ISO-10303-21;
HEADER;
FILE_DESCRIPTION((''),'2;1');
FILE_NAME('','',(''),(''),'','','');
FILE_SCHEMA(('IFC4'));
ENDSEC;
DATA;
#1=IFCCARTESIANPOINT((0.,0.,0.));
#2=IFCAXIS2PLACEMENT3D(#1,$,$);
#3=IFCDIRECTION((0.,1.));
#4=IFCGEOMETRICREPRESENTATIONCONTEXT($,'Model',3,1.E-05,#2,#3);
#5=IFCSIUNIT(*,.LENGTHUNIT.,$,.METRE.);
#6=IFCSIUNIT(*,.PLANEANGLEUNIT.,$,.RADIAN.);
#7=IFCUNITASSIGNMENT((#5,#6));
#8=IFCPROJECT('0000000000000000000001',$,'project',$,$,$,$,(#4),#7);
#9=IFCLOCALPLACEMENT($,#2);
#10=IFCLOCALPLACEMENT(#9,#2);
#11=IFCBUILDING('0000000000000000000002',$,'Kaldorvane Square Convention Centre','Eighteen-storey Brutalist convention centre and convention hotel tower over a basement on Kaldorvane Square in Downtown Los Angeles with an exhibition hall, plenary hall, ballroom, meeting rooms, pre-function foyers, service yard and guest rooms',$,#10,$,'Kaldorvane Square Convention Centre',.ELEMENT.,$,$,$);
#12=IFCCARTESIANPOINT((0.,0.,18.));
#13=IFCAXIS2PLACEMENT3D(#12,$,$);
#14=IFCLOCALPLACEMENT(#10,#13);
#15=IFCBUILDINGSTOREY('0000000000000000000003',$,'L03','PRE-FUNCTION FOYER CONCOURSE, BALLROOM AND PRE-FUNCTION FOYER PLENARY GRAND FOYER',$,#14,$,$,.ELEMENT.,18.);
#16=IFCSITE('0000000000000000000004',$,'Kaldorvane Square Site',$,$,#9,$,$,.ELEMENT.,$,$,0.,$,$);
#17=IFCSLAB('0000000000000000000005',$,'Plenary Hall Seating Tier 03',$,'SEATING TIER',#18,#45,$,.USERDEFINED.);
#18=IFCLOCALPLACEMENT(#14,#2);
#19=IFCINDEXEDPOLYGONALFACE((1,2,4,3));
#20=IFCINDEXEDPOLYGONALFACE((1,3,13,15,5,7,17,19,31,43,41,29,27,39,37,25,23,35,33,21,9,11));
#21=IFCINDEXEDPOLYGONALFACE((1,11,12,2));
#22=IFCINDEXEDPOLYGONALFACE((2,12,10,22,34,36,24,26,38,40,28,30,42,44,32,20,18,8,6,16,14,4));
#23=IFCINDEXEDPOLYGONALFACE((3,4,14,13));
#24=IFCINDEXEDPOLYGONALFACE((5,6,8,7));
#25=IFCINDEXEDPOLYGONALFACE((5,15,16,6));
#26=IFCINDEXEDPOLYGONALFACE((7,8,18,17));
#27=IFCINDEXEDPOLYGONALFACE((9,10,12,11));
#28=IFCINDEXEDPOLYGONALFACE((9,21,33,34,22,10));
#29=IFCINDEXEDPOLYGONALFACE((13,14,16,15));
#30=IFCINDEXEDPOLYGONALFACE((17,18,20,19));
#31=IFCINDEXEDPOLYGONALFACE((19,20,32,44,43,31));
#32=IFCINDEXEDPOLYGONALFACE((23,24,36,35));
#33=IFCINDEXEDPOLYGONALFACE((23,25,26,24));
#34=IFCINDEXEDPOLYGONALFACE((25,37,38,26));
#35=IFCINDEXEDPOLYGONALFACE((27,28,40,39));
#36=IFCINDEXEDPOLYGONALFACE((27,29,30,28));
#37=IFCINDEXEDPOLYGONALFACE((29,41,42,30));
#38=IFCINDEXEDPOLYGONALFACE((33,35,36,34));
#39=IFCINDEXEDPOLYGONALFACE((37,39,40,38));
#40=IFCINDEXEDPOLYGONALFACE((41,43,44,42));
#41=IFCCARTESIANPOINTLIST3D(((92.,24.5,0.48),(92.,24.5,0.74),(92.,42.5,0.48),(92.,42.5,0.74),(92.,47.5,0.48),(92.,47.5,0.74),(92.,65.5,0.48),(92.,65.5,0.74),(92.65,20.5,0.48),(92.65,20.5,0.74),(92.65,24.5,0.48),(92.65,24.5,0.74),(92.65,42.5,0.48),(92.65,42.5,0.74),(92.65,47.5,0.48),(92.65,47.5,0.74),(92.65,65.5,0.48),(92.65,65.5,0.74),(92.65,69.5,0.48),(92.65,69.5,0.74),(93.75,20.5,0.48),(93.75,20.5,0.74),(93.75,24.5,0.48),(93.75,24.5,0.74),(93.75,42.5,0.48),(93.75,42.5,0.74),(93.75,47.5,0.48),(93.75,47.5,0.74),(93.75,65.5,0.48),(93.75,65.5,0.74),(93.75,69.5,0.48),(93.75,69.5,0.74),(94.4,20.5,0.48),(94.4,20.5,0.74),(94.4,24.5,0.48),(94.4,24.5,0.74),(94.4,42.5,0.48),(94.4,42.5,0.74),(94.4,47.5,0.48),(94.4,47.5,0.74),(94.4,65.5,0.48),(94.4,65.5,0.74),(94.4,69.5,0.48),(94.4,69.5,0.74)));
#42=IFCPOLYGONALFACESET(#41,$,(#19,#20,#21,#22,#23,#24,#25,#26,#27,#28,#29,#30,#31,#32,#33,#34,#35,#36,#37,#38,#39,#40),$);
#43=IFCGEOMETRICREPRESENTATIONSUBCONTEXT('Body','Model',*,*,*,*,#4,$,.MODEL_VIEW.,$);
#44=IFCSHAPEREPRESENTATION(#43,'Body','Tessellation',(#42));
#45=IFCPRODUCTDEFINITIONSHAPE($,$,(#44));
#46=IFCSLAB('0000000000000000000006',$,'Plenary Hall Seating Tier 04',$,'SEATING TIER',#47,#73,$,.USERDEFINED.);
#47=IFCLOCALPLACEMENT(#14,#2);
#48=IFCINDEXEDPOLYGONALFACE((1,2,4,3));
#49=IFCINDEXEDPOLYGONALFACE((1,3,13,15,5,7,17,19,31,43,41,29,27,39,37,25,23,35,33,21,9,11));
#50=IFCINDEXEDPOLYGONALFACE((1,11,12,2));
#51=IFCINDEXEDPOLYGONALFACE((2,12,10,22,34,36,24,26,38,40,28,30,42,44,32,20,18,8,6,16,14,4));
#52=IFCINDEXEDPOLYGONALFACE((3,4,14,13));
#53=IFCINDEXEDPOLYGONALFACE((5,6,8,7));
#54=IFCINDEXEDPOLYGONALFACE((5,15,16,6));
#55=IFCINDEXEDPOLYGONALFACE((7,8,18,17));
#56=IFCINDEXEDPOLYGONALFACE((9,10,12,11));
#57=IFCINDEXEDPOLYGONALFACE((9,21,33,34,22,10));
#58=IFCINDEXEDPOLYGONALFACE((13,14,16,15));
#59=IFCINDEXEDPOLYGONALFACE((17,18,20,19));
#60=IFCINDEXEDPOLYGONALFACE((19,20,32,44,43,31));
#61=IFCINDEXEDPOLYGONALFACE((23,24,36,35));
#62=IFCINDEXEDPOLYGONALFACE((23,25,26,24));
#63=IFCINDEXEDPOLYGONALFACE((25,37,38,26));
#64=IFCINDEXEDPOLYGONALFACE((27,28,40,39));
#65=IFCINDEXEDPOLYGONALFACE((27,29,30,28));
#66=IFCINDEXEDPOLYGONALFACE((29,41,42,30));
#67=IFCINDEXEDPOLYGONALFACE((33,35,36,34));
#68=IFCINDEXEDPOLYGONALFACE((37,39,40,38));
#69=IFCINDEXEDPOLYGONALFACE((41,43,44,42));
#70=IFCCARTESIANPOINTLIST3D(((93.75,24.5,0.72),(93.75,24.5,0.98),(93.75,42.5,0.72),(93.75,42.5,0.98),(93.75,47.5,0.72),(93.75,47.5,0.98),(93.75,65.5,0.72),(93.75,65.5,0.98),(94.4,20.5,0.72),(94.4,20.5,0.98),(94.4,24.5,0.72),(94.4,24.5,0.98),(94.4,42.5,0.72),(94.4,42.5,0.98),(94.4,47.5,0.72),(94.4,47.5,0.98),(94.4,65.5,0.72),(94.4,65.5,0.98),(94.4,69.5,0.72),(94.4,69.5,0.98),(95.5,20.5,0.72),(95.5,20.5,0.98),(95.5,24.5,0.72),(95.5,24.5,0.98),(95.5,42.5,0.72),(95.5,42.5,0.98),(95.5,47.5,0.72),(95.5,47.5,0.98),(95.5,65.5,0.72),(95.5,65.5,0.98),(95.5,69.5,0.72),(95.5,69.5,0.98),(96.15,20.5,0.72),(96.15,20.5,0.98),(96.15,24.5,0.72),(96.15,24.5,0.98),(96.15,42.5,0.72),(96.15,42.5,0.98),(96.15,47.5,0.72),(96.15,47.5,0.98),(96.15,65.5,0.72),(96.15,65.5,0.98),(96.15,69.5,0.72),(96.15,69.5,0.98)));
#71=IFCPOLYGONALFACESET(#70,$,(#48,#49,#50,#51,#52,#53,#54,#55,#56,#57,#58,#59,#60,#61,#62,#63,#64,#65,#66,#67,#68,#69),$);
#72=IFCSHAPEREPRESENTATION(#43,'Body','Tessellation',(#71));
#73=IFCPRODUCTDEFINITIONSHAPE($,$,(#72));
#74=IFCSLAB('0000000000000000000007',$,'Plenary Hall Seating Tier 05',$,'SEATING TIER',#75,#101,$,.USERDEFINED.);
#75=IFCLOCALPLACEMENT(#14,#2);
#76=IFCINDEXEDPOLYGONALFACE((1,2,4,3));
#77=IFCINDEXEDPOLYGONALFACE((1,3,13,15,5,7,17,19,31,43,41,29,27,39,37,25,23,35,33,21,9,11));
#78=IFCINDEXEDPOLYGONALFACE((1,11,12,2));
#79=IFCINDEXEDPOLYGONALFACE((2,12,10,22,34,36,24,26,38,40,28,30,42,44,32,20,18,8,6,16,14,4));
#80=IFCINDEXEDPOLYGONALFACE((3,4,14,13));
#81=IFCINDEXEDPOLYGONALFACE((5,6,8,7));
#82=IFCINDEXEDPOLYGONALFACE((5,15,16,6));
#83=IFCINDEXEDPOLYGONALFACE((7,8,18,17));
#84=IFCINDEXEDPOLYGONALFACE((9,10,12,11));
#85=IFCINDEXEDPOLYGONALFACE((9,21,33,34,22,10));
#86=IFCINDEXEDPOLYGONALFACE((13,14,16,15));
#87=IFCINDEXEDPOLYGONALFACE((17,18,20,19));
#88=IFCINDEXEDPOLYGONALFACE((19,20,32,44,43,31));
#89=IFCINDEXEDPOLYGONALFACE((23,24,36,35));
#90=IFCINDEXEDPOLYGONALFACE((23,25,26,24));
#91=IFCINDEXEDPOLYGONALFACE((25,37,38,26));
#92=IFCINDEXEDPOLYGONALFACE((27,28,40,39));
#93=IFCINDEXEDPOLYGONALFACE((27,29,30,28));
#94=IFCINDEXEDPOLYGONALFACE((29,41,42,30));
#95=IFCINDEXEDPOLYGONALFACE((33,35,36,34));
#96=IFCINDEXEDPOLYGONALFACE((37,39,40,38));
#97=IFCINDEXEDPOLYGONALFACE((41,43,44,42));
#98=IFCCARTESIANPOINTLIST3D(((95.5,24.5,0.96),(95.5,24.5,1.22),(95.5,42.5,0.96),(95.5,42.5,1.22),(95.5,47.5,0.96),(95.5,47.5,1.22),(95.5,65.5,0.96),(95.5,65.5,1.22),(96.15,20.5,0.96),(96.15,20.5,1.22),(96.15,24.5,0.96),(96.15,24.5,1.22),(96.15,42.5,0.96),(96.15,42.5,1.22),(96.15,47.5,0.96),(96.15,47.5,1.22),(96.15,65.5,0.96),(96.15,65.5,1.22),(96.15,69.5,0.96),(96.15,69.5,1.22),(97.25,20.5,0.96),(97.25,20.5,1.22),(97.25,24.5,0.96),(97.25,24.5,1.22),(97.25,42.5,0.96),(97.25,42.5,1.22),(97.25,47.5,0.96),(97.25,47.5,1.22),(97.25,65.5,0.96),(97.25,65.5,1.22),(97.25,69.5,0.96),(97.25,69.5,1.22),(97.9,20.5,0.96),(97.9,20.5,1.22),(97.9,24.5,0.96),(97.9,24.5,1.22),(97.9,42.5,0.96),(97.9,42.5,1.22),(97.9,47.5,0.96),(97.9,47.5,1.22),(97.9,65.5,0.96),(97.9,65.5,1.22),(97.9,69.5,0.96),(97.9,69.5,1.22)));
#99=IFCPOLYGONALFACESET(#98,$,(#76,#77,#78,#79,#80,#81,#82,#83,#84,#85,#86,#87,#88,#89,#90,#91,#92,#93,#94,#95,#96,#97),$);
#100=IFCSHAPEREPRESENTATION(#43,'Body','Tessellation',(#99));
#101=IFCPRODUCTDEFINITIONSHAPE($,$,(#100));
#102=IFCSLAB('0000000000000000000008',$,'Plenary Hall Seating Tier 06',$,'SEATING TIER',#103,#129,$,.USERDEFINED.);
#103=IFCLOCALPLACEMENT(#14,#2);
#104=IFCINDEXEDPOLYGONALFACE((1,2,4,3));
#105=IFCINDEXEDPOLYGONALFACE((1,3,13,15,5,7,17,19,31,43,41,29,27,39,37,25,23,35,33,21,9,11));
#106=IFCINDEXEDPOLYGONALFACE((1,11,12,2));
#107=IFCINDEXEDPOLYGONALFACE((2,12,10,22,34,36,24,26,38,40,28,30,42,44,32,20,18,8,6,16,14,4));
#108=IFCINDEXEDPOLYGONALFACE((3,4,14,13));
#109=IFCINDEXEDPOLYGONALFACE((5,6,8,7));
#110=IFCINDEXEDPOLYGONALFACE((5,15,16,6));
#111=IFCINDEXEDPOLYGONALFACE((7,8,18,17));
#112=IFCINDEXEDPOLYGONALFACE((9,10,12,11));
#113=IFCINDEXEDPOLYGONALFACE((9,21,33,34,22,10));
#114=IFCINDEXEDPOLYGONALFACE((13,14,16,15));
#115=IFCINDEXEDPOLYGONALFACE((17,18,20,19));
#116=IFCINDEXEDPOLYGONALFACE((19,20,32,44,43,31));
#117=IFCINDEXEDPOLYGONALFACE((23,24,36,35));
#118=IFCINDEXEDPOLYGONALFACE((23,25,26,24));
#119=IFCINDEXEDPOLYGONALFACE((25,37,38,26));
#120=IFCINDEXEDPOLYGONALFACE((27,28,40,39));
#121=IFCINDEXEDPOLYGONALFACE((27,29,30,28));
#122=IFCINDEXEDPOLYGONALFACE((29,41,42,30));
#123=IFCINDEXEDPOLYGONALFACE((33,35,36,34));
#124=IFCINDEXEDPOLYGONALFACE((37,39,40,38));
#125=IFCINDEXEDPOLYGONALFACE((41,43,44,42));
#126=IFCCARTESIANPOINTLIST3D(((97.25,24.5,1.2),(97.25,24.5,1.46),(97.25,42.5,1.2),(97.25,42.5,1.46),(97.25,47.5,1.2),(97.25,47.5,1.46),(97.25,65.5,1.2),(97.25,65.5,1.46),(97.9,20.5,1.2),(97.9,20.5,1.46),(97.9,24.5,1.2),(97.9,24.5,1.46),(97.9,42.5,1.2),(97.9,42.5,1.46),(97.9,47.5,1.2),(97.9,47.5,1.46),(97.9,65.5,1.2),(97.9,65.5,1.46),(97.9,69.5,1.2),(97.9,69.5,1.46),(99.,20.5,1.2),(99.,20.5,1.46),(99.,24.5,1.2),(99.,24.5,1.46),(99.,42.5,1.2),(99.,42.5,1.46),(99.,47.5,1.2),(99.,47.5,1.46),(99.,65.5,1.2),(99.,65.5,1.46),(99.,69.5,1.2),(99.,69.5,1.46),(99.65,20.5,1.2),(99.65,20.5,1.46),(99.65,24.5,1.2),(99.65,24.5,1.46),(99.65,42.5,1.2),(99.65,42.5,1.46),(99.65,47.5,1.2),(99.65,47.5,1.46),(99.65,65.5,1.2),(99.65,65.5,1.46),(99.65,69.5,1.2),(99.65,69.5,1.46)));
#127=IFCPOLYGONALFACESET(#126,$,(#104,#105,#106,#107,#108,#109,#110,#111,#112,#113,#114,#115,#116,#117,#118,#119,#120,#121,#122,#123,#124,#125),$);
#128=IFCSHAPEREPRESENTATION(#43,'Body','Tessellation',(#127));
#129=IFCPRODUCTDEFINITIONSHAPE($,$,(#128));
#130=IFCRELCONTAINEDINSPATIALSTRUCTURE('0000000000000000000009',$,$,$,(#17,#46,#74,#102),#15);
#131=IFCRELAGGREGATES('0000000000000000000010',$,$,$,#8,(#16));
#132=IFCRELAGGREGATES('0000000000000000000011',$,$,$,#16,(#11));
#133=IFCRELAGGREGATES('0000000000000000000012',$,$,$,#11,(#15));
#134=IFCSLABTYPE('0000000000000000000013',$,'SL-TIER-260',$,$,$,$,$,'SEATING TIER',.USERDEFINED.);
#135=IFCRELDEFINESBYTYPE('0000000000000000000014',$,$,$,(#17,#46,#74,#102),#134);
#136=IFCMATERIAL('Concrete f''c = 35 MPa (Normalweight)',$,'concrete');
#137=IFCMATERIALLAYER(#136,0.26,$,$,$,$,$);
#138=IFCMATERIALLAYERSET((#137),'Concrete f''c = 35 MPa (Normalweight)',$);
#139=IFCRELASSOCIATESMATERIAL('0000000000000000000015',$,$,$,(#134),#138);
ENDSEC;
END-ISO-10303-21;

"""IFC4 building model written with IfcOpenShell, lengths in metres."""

from ifc_helpers import new_model, si_unit, direction, frame, origin, place, context, subcontext, project, spatial, polyline, outline, extrude, material, layer, layer_set, type_object, element, save


model = new_model("IFC4")

# Units and contexts
model_context = context("Model", 3, precision=1e-05, world=origin(), true_north=direction((0.0, 1.0)))
body_context = subcontext(model_context, "Body", "Model", "MODEL_VIEW")
ifc_project = project(units=[si_unit("LENGTHUNIT", "METRE"), si_unit("PLANEANGLEUNIT", "RADIAN")], contexts=[model_context])

# Site, building, storey
site_placement = place(None, origin())
site = spatial("IfcSite", under=ifc_project, at=site_placement, Name="Kaldorvane Square Site", CompositionType="ELEMENT", RefElevation=0.0)
building_placement = place(site_placement, origin())
building = spatial("IfcBuilding", under=site, at=building_placement, Name="Kaldorvane Square Convention Centre", Description="Eighteen-storey Brutalist convention centre and convention hotel tower over a basement on Kaldorvane Square in Downtown Los Angeles with an exhibition hall, plenary hall, ballroom, meeting rooms, pre-function foyers, service yard and guest rooms", LongName="Kaldorvane Square Convention Centre", CompositionType="ELEMENT")
storey_placement = place(building_placement, frame((0.0, 0.0, 18.0)))
storey = spatial("IfcBuildingStorey", under=building, at=storey_placement, Name="L03", Description="PRE-FUNCTION FOYER CONCOURSE, BALLROOM AND PRE-FUNCTION FOYER PLENARY GRAND FOYER", CompositionType="ELEMENT", Elevation=18.0)

# Slabs
ifc_material_1 = material(Name="Concrete f'c = 35 MPa (Normalweight)", Category="concrete")
ifc_layer_1 = layer(ifc_material_1, 0.26)
ifc_layer_set_1 = layer_set([ifc_layer_1], Name="Concrete f'c = 35 MPa (Normalweight)")
slab_type_1 = type_object("IfcSlabType", Name="SL-TIER-260", ElementType="SEATING TIER", PredefinedType="USERDEFINED", material=ifc_layer_set_1)
slab_1_placement = place(storey_placement, frame((0.0, 0.0, 0.48)))
element("IfcSlab", 1, at=slab_1_placement, inside=storey, type_object=slab_type_1, Name="Plenary Hall Seating Tier 03", ObjectType="SEATING TIER", PredefinedType="USERDEFINED", context=body_context, shape_type="SweptSolid", body=[
    extrude(outline(polyline([(94.4, 24.5), (94.4, 20.5), (93.75, 20.5), (92.65, 20.5), (92.65, 24.5), (92.0, 24.5), (92.0, 42.5), (92.65, 42.5), (92.65, 47.5), (92.0, 47.5), (92.0, 65.5), (92.65, 65.5), (92.65, 69.5), (93.75, 69.5), (94.4, 69.5), (94.4, 65.5), (93.75, 65.5), (93.75, 47.5), (94.4, 47.5), (94.4, 42.5), (93.75, 42.5), (93.75, 24.5), (94.4, 24.5)])), origin(), (0.0, 0.0, 1.0), 0.26),
])
slab_2_placement = place(storey_placement, frame((0.0, 0.0, 0.72)))
element("IfcSlab", 2, at=slab_2_placement, inside=storey, type_object=slab_type_1, Name="Plenary Hall Seating Tier 04", ObjectType="SEATING TIER", PredefinedType="USERDEFINED", context=body_context, shape_type="SweptSolid", body=[
    extrude(outline(polyline([(96.15, 24.5), (96.15, 20.5), (95.5, 20.5), (94.4, 20.5), (94.4, 24.5), (93.75, 24.5), (93.75, 42.5), (94.4, 42.5), (94.4, 47.5), (93.75, 47.5), (93.75, 65.5), (94.4, 65.5), (94.4, 69.5), (95.5, 69.5), (96.15, 69.5), (96.15, 65.5), (95.5, 65.5), (95.5, 47.5), (96.15, 47.5), (96.15, 42.5), (95.5, 42.5), (95.5, 24.5), (96.15, 24.5)])), origin(), (0.0, 0.0, 1.0), 0.26),
])
slab_3_placement = place(storey_placement, frame((0.0, 0.0, 0.96)))
element("IfcSlab", 3, at=slab_3_placement, inside=storey, type_object=slab_type_1, Name="Plenary Hall Seating Tier 05", ObjectType="SEATING TIER", PredefinedType="USERDEFINED", context=body_context, shape_type="SweptSolid", body=[
    extrude(outline(polyline([(97.9, 24.5), (97.9, 20.5), (97.25, 20.5), (96.15, 20.5), (96.15, 24.5), (95.5, 24.5), (95.5, 42.5), (96.15, 42.5), (96.15, 47.5), (95.5, 47.5), (95.5, 65.5), (96.15, 65.5), (96.15, 69.5), (97.25, 69.5), (97.9, 69.5), (97.9, 65.5), (97.25, 65.5), (97.25, 47.5), (97.9, 47.5), (97.9, 42.5), (97.25, 42.5), (97.25, 24.5), (97.9, 24.5)])), origin(), (0.0, 0.0, 1.0), 0.26),
])
slab_4_placement = place(storey_placement, frame((0.0, 0.0, 1.2)))
element("IfcSlab", 4, at=slab_4_placement, inside=storey, type_object=slab_type_1, Name="Plenary Hall Seating Tier 06", ObjectType="SEATING TIER", PredefinedType="USERDEFINED", context=body_context, shape_type="SweptSolid", body=[
    extrude(outline(polyline([(99.65, 24.5), (99.65, 20.5), (99.0, 20.5), (97.9, 20.5), (97.9, 24.5), (97.25, 24.5), (97.25, 42.5), (97.9, 42.5), (97.9, 47.5), (97.25, 47.5), (97.25, 65.5), (97.9, 65.5), (97.9, 69.5), (99.0, 69.5), (99.65, 69.5), (99.65, 65.5), (99.0, 65.5), (99.0, 47.5), (99.65, 47.5), (99.65, 42.5), (99.0, 42.5), (99.0, 24.5), (99.65, 24.5)])), origin(), (0.0, 0.0, 1.0), 0.26),
])

save(model, "model.ifc")
